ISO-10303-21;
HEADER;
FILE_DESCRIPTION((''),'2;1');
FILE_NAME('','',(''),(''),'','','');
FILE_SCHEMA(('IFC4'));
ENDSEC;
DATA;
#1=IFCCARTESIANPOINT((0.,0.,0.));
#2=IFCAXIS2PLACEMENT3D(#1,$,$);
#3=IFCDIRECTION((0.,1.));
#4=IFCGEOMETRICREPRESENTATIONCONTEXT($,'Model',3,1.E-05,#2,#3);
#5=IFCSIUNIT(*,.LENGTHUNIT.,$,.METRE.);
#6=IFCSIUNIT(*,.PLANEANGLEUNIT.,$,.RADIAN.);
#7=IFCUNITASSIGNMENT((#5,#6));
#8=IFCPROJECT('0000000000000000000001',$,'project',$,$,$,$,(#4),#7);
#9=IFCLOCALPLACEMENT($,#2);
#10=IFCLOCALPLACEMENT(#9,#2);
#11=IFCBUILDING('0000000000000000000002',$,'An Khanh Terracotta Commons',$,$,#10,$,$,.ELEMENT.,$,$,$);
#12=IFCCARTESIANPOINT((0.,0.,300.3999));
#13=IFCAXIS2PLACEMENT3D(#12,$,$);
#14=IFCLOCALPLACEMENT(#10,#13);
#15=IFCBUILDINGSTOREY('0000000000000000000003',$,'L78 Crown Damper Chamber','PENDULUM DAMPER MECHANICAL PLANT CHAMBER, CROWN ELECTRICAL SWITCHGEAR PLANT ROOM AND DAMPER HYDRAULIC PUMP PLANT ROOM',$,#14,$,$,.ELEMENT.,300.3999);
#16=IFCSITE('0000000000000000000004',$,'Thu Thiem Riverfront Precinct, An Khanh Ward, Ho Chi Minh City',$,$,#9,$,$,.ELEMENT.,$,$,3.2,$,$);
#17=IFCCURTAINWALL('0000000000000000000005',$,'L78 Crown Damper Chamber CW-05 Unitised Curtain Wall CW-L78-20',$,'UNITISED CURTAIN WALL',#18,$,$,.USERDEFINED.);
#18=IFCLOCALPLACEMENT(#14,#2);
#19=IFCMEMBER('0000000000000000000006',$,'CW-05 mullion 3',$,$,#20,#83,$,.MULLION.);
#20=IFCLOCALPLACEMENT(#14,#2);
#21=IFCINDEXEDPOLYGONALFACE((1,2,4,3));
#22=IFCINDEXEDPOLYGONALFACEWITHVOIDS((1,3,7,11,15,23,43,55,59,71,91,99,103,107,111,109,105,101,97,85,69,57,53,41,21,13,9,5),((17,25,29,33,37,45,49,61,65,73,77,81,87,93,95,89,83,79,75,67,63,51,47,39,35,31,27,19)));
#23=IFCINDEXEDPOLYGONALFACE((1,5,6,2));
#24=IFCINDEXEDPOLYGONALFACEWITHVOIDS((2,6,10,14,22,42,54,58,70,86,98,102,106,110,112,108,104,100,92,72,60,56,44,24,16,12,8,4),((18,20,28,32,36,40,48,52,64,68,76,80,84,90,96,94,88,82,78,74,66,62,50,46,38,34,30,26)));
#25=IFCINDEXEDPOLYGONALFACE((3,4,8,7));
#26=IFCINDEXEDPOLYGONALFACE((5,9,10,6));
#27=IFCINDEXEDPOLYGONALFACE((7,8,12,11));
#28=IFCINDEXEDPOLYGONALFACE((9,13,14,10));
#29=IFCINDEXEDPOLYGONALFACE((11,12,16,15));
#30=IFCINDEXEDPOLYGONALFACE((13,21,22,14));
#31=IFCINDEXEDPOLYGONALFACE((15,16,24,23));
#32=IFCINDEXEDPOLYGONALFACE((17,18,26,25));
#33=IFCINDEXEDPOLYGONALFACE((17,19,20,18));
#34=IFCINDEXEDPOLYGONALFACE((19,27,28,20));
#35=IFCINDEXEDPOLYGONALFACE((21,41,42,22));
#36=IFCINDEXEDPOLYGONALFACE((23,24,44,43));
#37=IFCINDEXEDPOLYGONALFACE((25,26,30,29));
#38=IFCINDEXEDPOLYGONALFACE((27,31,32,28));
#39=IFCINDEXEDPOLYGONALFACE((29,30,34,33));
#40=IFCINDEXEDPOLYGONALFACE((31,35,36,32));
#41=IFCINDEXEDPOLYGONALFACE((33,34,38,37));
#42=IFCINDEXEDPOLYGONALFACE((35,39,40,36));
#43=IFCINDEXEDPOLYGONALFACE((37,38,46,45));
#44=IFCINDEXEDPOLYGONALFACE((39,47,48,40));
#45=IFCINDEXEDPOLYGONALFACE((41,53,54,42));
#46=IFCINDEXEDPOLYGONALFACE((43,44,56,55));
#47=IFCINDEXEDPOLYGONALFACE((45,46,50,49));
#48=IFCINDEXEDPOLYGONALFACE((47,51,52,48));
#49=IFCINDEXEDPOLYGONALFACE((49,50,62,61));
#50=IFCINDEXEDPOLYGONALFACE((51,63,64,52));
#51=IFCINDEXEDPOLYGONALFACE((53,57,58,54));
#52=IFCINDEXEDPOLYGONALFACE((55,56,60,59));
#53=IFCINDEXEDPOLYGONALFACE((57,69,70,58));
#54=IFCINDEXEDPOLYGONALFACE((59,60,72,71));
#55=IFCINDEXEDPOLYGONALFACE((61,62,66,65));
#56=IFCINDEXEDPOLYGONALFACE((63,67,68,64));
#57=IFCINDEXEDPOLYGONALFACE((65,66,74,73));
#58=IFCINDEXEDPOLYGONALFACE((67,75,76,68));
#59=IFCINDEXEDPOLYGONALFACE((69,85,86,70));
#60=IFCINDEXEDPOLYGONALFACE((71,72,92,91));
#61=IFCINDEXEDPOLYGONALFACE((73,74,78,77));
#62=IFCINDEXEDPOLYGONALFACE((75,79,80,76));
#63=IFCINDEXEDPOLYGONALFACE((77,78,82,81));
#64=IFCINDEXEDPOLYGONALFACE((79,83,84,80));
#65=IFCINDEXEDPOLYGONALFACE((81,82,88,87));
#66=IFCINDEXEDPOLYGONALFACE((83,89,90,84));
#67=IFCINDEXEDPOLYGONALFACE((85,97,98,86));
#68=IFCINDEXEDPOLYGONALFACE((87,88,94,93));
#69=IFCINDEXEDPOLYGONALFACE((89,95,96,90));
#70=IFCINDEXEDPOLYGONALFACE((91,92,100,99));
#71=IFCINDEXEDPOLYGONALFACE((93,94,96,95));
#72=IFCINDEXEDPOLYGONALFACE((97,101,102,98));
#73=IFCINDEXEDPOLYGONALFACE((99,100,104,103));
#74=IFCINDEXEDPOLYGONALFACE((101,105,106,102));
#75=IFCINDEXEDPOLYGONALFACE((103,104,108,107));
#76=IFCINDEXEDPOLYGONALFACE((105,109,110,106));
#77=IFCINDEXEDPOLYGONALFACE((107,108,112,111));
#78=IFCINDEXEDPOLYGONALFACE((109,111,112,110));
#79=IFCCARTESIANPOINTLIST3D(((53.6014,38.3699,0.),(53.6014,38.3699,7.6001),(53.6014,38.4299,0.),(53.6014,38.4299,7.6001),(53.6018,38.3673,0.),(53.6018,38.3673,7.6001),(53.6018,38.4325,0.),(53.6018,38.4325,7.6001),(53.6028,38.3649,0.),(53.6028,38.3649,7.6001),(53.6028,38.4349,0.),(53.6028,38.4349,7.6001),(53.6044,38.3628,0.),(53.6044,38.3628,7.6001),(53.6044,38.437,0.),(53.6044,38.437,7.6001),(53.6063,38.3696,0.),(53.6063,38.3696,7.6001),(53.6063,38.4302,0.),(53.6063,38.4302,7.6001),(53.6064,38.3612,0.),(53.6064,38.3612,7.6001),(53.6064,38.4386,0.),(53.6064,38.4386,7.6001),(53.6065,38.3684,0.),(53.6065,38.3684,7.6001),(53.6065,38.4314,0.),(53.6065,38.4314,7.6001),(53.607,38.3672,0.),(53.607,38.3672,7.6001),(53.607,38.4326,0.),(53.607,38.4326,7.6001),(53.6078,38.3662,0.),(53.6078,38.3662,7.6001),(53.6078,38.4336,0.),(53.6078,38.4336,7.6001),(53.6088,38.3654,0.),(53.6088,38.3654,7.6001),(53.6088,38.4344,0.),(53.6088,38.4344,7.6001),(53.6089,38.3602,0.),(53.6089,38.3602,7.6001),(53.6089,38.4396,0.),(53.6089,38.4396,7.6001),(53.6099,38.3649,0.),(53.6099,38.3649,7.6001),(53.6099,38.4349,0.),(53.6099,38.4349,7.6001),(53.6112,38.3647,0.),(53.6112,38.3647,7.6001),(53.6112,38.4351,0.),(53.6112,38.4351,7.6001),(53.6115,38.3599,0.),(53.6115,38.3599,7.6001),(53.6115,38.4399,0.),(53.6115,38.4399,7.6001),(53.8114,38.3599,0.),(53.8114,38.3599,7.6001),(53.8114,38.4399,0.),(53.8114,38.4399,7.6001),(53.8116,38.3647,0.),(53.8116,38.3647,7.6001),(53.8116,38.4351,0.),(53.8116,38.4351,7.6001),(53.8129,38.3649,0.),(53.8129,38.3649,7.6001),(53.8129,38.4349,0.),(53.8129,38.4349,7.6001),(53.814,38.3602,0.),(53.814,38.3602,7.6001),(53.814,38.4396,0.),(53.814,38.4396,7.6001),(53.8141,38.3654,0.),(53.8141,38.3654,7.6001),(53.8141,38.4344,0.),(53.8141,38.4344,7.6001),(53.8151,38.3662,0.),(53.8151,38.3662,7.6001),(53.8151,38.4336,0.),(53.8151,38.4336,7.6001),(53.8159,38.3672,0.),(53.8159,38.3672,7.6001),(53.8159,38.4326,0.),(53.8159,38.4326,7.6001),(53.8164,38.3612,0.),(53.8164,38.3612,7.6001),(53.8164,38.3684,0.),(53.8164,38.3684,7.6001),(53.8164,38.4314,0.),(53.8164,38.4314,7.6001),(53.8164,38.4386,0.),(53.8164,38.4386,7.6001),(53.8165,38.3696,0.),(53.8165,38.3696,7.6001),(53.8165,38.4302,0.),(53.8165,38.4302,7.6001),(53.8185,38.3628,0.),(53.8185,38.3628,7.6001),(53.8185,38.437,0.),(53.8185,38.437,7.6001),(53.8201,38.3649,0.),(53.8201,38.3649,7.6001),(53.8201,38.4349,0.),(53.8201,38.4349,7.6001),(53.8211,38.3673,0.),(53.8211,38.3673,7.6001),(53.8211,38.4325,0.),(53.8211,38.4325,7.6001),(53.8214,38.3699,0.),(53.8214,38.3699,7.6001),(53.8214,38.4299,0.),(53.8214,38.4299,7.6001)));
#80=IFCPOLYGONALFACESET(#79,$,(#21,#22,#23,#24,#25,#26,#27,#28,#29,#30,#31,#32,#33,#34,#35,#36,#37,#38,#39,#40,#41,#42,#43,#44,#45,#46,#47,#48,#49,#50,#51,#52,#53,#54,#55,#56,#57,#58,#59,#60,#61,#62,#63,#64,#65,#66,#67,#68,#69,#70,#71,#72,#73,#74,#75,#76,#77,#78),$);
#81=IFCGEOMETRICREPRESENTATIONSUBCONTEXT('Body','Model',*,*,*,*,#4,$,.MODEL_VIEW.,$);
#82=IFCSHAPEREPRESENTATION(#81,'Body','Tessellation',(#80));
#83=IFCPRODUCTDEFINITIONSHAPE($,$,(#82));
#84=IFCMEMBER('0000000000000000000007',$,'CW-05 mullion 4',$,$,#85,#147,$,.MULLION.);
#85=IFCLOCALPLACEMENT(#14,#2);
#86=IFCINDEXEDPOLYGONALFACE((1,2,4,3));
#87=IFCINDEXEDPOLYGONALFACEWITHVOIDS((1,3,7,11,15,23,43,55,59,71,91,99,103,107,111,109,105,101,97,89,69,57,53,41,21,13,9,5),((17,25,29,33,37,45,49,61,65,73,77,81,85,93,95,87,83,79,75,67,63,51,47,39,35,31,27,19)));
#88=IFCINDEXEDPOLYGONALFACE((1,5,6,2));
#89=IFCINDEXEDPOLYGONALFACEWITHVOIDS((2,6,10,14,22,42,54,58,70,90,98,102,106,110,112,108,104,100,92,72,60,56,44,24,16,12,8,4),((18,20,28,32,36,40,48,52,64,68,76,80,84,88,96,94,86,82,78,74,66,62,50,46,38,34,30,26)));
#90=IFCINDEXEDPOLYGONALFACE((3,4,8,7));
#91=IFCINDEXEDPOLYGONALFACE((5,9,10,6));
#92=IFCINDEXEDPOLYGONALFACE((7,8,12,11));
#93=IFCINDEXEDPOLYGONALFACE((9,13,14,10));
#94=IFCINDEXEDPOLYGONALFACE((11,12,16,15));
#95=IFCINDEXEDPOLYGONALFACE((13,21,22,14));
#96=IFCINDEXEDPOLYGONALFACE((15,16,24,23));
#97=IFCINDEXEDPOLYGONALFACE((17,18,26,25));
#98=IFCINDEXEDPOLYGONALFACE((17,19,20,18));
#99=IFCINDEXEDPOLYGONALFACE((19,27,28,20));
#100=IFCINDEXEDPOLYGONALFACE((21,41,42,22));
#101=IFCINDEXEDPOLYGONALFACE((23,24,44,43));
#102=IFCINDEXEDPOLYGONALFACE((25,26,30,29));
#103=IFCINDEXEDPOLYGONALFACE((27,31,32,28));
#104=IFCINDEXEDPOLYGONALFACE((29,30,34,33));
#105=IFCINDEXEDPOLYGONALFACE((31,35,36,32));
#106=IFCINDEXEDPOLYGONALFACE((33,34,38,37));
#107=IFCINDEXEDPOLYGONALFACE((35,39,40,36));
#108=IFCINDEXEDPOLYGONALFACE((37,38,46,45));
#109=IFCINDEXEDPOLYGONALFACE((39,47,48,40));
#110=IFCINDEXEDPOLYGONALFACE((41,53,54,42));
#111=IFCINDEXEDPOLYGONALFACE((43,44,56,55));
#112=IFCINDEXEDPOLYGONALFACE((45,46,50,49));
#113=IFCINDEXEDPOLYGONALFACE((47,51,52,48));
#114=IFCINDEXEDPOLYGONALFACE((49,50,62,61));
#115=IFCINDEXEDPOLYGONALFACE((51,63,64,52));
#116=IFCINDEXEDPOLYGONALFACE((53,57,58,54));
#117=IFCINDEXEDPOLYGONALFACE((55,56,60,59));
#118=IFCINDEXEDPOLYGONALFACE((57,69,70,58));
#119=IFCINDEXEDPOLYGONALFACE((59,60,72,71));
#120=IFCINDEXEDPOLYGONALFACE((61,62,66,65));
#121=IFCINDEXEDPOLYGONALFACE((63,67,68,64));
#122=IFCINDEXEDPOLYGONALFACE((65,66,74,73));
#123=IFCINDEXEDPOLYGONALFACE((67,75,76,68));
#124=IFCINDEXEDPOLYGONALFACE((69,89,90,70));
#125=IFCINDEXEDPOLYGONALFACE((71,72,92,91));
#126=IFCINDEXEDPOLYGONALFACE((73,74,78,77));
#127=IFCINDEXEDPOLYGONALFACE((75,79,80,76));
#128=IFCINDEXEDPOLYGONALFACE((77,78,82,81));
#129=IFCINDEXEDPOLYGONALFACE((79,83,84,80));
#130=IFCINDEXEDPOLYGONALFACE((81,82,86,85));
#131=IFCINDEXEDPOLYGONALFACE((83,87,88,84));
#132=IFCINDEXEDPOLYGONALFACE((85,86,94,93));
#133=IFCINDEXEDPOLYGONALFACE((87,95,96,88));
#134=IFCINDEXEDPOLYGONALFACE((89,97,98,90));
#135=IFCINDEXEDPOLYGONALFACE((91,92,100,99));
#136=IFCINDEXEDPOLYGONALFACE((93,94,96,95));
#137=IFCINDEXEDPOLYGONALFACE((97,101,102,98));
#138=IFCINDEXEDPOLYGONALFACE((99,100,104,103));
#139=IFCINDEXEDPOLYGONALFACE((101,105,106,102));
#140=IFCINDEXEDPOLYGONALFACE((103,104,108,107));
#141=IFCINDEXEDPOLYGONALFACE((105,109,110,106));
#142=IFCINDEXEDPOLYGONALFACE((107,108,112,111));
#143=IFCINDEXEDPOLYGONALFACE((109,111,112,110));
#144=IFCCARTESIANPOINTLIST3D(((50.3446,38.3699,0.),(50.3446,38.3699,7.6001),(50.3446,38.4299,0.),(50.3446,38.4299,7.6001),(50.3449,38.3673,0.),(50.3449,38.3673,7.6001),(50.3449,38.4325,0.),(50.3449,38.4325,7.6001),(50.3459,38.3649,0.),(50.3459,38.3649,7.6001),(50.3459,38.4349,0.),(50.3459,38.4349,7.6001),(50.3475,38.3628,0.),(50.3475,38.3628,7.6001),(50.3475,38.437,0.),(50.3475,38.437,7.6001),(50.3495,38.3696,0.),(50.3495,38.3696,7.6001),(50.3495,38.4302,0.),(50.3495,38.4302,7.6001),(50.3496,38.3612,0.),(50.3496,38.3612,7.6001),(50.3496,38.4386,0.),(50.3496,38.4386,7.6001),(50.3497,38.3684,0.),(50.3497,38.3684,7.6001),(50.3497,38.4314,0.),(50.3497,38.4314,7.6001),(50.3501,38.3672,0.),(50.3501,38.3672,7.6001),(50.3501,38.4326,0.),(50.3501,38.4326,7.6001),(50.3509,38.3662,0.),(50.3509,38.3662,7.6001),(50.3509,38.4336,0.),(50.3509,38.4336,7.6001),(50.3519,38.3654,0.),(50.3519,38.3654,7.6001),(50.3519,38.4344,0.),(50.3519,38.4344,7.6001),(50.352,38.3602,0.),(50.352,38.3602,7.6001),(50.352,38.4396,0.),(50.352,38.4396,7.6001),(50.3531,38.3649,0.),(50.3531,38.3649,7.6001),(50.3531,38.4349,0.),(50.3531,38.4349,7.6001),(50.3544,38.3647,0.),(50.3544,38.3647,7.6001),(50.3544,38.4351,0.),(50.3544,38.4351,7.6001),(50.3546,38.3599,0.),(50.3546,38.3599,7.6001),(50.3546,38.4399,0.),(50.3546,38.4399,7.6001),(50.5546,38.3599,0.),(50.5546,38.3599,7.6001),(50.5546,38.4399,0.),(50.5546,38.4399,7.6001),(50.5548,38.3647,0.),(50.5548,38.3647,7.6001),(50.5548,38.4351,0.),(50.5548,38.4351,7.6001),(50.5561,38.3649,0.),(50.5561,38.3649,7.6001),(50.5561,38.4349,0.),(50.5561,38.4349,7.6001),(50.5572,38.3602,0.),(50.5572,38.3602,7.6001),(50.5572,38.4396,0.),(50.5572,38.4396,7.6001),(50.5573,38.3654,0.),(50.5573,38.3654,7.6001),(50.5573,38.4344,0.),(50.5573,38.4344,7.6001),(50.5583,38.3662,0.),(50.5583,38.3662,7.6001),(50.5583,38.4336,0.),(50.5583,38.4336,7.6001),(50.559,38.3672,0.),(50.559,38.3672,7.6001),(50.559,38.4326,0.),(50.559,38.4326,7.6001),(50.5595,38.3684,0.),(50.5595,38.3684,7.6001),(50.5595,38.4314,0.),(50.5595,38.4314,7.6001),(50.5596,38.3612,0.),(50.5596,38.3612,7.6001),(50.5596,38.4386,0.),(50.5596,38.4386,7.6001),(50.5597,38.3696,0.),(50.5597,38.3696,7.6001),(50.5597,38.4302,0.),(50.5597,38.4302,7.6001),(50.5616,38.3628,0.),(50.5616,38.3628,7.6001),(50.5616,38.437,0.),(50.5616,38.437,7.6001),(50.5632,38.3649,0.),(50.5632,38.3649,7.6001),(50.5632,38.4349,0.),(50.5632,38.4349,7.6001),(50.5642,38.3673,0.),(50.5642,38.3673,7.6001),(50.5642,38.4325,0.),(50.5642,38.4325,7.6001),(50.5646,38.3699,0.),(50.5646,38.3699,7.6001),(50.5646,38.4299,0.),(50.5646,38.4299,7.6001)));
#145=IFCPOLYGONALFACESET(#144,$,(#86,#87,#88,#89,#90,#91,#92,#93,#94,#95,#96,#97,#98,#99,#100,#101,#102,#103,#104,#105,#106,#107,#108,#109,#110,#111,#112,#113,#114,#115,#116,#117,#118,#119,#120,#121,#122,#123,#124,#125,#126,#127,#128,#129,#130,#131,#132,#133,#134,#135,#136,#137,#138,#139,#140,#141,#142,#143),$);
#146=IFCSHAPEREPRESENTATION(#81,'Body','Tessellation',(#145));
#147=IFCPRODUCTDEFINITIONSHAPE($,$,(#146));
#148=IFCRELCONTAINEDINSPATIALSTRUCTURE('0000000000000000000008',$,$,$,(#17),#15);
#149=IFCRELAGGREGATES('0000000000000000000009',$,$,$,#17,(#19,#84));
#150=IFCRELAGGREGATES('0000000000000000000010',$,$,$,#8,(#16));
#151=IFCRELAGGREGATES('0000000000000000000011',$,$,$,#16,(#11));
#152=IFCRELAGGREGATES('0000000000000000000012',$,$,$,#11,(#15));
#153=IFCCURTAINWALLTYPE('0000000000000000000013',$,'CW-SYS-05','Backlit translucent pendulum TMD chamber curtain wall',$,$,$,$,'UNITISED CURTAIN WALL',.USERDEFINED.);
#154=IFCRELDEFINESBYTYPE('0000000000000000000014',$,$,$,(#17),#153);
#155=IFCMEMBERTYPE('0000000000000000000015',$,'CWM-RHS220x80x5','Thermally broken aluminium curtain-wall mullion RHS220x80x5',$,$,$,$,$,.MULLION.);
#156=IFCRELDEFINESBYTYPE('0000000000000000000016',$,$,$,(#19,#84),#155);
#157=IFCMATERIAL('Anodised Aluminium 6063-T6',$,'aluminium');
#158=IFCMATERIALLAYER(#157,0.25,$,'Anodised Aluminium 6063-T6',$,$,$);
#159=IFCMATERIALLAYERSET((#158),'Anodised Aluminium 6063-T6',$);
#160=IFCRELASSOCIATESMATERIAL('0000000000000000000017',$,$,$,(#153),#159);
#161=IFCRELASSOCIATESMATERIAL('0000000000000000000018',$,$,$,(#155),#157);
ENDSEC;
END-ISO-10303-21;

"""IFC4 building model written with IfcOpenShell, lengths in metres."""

from ifc_helpers import new_model, si_unit, direction, frame, origin, origin_2d, place, context, subcontext, project, spatial, hollow_rectangle, extrude, material, layer, layer_set, material_profile, profile_set, type_object, element, aggregate, save


model = new_model("IFC4")

# Units and contexts
model_context = context("Model", 3, precision=1e-05, world=origin(), true_north=direction((0.0, 1.0)))
body_context = subcontext(model_context, "Body", "Model", "MODEL_VIEW")
ifc_project = project(units=[si_unit("LENGTHUNIT", "METRE"), si_unit("PLANEANGLEUNIT", "RADIAN")], contexts=[model_context])

# Site, building, storey
site_placement = place(None, origin())
site = spatial("IfcSite", under=ifc_project, at=site_placement, Name="Thu Thiem Riverfront Precinct, An Khanh Ward, Ho Chi Minh City", CompositionType="ELEMENT", RefElevation=3.2)
building_placement = place(site_placement, origin())
building = spatial("IfcBuilding", under=site, at=building_placement, Name="An Khanh Terracotta Commons", CompositionType="ELEMENT")
storey_placement = place(building_placement, frame((0.0, 0.0, 300.3999)))
storey = spatial("IfcBuildingStorey", under=building, at=storey_placement, Name="L78 Crown Damper Chamber", Description="PENDULUM DAMPER MECHANICAL PLANT CHAMBER, CROWN ELECTRICAL SWITCHGEAR PLANT ROOM AND DAMPER HYDRAULIC PUMP PLANT ROOM", CompositionType="ELEMENT", Elevation=300.3999)

# Curtain wall, members
ifc_material_1 = material(Name="Anodised Aluminium 6063-T6", Category="aluminium")
ifc_layer_1 = layer(ifc_material_1, 0.25, Name="Anodised Aluminium 6063-T6")
ifc_layer_set_1 = layer_set([ifc_layer_1], Name="Anodised Aluminium 6063-T6")
curtain_wall_type = type_object("IfcCurtainWallType", Name="CW-SYS-05", Description="Backlit translucent pendulum TMD chamber curtain wall", ElementType="UNITISED CURTAIN WALL", PredefinedType="USERDEFINED", material=ifc_layer_set_1)
curtain_wall_placement = place(storey_placement, origin())
curtain_wall = element("IfcCurtainWall", 1, at=curtain_wall_placement, inside=storey, type_object=curtain_wall_type, Name="L78 Crown Damper Chamber CW-05 Unitised Curtain Wall CW-L78-20", ObjectType="UNITISED CURTAIN WALL", PredefinedType="USERDEFINED")
ifc_material_profile_1 = material_profile(ifc_material_1, hollow_rectangle(XDim=0.0801, YDim=0.22, WallThickness=0.0049, InnerFilletRadius=0.0049, OuterFilletRadius=0.01, at=origin_2d()), Name="RHS220x80x5")
ifc_profile_set_1 = profile_set([ifc_material_profile_1], Name="Anodised Aluminium 6063-T6")
member_type_1 = type_object("IfcMemberType", Name="CWM-RHS220x80x5", Description="Thermally broken aluminium curtain-wall mullion RHS220x80x5", PredefinedType="MULLION", material=ifc_profile_set_1)
member_1_placement = place(storey_placement, frame((53.7114, 38.3999, 0.0), z_axis=(0.0, 0.0, 1.0), x_axis=(0.0, -1.0, 0.0)))
member_1 = element("IfcMember", 2, at=member_1_placement, type_object=member_type_1, Name="CW-05 mullion 3", PredefinedType="MULLION", context=body_context, shape_type="SweptSolid", body=[
    extrude(hollow_rectangle(XDim=0.0801, YDim=0.22, WallThickness=0.0049, InnerFilletRadius=0.0049, OuterFilletRadius=0.01, at=origin_2d()), origin(), (0.0, 0.0, 1.0), 7.6001),
])
member_2_placement = place(storey_placement, frame((50.4546, 38.3999, 0.0), z_axis=(0.0, 0.0, 1.0), x_axis=(0.0, -1.0, 0.0)))
member_2 = element("IfcMember", 3, at=member_2_placement, type_object=member_type_1, Name="CW-05 mullion 4", PredefinedType="MULLION", context=body_context, shape_type="SweptSolid", body=[
    extrude(hollow_rectangle(XDim=0.0801, YDim=0.22, WallThickness=0.0049, InnerFilletRadius=0.0049, OuterFilletRadius=0.01, at=origin_2d()), origin(), (0.0, 0.0, 1.0), 7.6001),
])

aggregate(curtain_wall, [member_1, member_2])

save(model, "model.ifc")
